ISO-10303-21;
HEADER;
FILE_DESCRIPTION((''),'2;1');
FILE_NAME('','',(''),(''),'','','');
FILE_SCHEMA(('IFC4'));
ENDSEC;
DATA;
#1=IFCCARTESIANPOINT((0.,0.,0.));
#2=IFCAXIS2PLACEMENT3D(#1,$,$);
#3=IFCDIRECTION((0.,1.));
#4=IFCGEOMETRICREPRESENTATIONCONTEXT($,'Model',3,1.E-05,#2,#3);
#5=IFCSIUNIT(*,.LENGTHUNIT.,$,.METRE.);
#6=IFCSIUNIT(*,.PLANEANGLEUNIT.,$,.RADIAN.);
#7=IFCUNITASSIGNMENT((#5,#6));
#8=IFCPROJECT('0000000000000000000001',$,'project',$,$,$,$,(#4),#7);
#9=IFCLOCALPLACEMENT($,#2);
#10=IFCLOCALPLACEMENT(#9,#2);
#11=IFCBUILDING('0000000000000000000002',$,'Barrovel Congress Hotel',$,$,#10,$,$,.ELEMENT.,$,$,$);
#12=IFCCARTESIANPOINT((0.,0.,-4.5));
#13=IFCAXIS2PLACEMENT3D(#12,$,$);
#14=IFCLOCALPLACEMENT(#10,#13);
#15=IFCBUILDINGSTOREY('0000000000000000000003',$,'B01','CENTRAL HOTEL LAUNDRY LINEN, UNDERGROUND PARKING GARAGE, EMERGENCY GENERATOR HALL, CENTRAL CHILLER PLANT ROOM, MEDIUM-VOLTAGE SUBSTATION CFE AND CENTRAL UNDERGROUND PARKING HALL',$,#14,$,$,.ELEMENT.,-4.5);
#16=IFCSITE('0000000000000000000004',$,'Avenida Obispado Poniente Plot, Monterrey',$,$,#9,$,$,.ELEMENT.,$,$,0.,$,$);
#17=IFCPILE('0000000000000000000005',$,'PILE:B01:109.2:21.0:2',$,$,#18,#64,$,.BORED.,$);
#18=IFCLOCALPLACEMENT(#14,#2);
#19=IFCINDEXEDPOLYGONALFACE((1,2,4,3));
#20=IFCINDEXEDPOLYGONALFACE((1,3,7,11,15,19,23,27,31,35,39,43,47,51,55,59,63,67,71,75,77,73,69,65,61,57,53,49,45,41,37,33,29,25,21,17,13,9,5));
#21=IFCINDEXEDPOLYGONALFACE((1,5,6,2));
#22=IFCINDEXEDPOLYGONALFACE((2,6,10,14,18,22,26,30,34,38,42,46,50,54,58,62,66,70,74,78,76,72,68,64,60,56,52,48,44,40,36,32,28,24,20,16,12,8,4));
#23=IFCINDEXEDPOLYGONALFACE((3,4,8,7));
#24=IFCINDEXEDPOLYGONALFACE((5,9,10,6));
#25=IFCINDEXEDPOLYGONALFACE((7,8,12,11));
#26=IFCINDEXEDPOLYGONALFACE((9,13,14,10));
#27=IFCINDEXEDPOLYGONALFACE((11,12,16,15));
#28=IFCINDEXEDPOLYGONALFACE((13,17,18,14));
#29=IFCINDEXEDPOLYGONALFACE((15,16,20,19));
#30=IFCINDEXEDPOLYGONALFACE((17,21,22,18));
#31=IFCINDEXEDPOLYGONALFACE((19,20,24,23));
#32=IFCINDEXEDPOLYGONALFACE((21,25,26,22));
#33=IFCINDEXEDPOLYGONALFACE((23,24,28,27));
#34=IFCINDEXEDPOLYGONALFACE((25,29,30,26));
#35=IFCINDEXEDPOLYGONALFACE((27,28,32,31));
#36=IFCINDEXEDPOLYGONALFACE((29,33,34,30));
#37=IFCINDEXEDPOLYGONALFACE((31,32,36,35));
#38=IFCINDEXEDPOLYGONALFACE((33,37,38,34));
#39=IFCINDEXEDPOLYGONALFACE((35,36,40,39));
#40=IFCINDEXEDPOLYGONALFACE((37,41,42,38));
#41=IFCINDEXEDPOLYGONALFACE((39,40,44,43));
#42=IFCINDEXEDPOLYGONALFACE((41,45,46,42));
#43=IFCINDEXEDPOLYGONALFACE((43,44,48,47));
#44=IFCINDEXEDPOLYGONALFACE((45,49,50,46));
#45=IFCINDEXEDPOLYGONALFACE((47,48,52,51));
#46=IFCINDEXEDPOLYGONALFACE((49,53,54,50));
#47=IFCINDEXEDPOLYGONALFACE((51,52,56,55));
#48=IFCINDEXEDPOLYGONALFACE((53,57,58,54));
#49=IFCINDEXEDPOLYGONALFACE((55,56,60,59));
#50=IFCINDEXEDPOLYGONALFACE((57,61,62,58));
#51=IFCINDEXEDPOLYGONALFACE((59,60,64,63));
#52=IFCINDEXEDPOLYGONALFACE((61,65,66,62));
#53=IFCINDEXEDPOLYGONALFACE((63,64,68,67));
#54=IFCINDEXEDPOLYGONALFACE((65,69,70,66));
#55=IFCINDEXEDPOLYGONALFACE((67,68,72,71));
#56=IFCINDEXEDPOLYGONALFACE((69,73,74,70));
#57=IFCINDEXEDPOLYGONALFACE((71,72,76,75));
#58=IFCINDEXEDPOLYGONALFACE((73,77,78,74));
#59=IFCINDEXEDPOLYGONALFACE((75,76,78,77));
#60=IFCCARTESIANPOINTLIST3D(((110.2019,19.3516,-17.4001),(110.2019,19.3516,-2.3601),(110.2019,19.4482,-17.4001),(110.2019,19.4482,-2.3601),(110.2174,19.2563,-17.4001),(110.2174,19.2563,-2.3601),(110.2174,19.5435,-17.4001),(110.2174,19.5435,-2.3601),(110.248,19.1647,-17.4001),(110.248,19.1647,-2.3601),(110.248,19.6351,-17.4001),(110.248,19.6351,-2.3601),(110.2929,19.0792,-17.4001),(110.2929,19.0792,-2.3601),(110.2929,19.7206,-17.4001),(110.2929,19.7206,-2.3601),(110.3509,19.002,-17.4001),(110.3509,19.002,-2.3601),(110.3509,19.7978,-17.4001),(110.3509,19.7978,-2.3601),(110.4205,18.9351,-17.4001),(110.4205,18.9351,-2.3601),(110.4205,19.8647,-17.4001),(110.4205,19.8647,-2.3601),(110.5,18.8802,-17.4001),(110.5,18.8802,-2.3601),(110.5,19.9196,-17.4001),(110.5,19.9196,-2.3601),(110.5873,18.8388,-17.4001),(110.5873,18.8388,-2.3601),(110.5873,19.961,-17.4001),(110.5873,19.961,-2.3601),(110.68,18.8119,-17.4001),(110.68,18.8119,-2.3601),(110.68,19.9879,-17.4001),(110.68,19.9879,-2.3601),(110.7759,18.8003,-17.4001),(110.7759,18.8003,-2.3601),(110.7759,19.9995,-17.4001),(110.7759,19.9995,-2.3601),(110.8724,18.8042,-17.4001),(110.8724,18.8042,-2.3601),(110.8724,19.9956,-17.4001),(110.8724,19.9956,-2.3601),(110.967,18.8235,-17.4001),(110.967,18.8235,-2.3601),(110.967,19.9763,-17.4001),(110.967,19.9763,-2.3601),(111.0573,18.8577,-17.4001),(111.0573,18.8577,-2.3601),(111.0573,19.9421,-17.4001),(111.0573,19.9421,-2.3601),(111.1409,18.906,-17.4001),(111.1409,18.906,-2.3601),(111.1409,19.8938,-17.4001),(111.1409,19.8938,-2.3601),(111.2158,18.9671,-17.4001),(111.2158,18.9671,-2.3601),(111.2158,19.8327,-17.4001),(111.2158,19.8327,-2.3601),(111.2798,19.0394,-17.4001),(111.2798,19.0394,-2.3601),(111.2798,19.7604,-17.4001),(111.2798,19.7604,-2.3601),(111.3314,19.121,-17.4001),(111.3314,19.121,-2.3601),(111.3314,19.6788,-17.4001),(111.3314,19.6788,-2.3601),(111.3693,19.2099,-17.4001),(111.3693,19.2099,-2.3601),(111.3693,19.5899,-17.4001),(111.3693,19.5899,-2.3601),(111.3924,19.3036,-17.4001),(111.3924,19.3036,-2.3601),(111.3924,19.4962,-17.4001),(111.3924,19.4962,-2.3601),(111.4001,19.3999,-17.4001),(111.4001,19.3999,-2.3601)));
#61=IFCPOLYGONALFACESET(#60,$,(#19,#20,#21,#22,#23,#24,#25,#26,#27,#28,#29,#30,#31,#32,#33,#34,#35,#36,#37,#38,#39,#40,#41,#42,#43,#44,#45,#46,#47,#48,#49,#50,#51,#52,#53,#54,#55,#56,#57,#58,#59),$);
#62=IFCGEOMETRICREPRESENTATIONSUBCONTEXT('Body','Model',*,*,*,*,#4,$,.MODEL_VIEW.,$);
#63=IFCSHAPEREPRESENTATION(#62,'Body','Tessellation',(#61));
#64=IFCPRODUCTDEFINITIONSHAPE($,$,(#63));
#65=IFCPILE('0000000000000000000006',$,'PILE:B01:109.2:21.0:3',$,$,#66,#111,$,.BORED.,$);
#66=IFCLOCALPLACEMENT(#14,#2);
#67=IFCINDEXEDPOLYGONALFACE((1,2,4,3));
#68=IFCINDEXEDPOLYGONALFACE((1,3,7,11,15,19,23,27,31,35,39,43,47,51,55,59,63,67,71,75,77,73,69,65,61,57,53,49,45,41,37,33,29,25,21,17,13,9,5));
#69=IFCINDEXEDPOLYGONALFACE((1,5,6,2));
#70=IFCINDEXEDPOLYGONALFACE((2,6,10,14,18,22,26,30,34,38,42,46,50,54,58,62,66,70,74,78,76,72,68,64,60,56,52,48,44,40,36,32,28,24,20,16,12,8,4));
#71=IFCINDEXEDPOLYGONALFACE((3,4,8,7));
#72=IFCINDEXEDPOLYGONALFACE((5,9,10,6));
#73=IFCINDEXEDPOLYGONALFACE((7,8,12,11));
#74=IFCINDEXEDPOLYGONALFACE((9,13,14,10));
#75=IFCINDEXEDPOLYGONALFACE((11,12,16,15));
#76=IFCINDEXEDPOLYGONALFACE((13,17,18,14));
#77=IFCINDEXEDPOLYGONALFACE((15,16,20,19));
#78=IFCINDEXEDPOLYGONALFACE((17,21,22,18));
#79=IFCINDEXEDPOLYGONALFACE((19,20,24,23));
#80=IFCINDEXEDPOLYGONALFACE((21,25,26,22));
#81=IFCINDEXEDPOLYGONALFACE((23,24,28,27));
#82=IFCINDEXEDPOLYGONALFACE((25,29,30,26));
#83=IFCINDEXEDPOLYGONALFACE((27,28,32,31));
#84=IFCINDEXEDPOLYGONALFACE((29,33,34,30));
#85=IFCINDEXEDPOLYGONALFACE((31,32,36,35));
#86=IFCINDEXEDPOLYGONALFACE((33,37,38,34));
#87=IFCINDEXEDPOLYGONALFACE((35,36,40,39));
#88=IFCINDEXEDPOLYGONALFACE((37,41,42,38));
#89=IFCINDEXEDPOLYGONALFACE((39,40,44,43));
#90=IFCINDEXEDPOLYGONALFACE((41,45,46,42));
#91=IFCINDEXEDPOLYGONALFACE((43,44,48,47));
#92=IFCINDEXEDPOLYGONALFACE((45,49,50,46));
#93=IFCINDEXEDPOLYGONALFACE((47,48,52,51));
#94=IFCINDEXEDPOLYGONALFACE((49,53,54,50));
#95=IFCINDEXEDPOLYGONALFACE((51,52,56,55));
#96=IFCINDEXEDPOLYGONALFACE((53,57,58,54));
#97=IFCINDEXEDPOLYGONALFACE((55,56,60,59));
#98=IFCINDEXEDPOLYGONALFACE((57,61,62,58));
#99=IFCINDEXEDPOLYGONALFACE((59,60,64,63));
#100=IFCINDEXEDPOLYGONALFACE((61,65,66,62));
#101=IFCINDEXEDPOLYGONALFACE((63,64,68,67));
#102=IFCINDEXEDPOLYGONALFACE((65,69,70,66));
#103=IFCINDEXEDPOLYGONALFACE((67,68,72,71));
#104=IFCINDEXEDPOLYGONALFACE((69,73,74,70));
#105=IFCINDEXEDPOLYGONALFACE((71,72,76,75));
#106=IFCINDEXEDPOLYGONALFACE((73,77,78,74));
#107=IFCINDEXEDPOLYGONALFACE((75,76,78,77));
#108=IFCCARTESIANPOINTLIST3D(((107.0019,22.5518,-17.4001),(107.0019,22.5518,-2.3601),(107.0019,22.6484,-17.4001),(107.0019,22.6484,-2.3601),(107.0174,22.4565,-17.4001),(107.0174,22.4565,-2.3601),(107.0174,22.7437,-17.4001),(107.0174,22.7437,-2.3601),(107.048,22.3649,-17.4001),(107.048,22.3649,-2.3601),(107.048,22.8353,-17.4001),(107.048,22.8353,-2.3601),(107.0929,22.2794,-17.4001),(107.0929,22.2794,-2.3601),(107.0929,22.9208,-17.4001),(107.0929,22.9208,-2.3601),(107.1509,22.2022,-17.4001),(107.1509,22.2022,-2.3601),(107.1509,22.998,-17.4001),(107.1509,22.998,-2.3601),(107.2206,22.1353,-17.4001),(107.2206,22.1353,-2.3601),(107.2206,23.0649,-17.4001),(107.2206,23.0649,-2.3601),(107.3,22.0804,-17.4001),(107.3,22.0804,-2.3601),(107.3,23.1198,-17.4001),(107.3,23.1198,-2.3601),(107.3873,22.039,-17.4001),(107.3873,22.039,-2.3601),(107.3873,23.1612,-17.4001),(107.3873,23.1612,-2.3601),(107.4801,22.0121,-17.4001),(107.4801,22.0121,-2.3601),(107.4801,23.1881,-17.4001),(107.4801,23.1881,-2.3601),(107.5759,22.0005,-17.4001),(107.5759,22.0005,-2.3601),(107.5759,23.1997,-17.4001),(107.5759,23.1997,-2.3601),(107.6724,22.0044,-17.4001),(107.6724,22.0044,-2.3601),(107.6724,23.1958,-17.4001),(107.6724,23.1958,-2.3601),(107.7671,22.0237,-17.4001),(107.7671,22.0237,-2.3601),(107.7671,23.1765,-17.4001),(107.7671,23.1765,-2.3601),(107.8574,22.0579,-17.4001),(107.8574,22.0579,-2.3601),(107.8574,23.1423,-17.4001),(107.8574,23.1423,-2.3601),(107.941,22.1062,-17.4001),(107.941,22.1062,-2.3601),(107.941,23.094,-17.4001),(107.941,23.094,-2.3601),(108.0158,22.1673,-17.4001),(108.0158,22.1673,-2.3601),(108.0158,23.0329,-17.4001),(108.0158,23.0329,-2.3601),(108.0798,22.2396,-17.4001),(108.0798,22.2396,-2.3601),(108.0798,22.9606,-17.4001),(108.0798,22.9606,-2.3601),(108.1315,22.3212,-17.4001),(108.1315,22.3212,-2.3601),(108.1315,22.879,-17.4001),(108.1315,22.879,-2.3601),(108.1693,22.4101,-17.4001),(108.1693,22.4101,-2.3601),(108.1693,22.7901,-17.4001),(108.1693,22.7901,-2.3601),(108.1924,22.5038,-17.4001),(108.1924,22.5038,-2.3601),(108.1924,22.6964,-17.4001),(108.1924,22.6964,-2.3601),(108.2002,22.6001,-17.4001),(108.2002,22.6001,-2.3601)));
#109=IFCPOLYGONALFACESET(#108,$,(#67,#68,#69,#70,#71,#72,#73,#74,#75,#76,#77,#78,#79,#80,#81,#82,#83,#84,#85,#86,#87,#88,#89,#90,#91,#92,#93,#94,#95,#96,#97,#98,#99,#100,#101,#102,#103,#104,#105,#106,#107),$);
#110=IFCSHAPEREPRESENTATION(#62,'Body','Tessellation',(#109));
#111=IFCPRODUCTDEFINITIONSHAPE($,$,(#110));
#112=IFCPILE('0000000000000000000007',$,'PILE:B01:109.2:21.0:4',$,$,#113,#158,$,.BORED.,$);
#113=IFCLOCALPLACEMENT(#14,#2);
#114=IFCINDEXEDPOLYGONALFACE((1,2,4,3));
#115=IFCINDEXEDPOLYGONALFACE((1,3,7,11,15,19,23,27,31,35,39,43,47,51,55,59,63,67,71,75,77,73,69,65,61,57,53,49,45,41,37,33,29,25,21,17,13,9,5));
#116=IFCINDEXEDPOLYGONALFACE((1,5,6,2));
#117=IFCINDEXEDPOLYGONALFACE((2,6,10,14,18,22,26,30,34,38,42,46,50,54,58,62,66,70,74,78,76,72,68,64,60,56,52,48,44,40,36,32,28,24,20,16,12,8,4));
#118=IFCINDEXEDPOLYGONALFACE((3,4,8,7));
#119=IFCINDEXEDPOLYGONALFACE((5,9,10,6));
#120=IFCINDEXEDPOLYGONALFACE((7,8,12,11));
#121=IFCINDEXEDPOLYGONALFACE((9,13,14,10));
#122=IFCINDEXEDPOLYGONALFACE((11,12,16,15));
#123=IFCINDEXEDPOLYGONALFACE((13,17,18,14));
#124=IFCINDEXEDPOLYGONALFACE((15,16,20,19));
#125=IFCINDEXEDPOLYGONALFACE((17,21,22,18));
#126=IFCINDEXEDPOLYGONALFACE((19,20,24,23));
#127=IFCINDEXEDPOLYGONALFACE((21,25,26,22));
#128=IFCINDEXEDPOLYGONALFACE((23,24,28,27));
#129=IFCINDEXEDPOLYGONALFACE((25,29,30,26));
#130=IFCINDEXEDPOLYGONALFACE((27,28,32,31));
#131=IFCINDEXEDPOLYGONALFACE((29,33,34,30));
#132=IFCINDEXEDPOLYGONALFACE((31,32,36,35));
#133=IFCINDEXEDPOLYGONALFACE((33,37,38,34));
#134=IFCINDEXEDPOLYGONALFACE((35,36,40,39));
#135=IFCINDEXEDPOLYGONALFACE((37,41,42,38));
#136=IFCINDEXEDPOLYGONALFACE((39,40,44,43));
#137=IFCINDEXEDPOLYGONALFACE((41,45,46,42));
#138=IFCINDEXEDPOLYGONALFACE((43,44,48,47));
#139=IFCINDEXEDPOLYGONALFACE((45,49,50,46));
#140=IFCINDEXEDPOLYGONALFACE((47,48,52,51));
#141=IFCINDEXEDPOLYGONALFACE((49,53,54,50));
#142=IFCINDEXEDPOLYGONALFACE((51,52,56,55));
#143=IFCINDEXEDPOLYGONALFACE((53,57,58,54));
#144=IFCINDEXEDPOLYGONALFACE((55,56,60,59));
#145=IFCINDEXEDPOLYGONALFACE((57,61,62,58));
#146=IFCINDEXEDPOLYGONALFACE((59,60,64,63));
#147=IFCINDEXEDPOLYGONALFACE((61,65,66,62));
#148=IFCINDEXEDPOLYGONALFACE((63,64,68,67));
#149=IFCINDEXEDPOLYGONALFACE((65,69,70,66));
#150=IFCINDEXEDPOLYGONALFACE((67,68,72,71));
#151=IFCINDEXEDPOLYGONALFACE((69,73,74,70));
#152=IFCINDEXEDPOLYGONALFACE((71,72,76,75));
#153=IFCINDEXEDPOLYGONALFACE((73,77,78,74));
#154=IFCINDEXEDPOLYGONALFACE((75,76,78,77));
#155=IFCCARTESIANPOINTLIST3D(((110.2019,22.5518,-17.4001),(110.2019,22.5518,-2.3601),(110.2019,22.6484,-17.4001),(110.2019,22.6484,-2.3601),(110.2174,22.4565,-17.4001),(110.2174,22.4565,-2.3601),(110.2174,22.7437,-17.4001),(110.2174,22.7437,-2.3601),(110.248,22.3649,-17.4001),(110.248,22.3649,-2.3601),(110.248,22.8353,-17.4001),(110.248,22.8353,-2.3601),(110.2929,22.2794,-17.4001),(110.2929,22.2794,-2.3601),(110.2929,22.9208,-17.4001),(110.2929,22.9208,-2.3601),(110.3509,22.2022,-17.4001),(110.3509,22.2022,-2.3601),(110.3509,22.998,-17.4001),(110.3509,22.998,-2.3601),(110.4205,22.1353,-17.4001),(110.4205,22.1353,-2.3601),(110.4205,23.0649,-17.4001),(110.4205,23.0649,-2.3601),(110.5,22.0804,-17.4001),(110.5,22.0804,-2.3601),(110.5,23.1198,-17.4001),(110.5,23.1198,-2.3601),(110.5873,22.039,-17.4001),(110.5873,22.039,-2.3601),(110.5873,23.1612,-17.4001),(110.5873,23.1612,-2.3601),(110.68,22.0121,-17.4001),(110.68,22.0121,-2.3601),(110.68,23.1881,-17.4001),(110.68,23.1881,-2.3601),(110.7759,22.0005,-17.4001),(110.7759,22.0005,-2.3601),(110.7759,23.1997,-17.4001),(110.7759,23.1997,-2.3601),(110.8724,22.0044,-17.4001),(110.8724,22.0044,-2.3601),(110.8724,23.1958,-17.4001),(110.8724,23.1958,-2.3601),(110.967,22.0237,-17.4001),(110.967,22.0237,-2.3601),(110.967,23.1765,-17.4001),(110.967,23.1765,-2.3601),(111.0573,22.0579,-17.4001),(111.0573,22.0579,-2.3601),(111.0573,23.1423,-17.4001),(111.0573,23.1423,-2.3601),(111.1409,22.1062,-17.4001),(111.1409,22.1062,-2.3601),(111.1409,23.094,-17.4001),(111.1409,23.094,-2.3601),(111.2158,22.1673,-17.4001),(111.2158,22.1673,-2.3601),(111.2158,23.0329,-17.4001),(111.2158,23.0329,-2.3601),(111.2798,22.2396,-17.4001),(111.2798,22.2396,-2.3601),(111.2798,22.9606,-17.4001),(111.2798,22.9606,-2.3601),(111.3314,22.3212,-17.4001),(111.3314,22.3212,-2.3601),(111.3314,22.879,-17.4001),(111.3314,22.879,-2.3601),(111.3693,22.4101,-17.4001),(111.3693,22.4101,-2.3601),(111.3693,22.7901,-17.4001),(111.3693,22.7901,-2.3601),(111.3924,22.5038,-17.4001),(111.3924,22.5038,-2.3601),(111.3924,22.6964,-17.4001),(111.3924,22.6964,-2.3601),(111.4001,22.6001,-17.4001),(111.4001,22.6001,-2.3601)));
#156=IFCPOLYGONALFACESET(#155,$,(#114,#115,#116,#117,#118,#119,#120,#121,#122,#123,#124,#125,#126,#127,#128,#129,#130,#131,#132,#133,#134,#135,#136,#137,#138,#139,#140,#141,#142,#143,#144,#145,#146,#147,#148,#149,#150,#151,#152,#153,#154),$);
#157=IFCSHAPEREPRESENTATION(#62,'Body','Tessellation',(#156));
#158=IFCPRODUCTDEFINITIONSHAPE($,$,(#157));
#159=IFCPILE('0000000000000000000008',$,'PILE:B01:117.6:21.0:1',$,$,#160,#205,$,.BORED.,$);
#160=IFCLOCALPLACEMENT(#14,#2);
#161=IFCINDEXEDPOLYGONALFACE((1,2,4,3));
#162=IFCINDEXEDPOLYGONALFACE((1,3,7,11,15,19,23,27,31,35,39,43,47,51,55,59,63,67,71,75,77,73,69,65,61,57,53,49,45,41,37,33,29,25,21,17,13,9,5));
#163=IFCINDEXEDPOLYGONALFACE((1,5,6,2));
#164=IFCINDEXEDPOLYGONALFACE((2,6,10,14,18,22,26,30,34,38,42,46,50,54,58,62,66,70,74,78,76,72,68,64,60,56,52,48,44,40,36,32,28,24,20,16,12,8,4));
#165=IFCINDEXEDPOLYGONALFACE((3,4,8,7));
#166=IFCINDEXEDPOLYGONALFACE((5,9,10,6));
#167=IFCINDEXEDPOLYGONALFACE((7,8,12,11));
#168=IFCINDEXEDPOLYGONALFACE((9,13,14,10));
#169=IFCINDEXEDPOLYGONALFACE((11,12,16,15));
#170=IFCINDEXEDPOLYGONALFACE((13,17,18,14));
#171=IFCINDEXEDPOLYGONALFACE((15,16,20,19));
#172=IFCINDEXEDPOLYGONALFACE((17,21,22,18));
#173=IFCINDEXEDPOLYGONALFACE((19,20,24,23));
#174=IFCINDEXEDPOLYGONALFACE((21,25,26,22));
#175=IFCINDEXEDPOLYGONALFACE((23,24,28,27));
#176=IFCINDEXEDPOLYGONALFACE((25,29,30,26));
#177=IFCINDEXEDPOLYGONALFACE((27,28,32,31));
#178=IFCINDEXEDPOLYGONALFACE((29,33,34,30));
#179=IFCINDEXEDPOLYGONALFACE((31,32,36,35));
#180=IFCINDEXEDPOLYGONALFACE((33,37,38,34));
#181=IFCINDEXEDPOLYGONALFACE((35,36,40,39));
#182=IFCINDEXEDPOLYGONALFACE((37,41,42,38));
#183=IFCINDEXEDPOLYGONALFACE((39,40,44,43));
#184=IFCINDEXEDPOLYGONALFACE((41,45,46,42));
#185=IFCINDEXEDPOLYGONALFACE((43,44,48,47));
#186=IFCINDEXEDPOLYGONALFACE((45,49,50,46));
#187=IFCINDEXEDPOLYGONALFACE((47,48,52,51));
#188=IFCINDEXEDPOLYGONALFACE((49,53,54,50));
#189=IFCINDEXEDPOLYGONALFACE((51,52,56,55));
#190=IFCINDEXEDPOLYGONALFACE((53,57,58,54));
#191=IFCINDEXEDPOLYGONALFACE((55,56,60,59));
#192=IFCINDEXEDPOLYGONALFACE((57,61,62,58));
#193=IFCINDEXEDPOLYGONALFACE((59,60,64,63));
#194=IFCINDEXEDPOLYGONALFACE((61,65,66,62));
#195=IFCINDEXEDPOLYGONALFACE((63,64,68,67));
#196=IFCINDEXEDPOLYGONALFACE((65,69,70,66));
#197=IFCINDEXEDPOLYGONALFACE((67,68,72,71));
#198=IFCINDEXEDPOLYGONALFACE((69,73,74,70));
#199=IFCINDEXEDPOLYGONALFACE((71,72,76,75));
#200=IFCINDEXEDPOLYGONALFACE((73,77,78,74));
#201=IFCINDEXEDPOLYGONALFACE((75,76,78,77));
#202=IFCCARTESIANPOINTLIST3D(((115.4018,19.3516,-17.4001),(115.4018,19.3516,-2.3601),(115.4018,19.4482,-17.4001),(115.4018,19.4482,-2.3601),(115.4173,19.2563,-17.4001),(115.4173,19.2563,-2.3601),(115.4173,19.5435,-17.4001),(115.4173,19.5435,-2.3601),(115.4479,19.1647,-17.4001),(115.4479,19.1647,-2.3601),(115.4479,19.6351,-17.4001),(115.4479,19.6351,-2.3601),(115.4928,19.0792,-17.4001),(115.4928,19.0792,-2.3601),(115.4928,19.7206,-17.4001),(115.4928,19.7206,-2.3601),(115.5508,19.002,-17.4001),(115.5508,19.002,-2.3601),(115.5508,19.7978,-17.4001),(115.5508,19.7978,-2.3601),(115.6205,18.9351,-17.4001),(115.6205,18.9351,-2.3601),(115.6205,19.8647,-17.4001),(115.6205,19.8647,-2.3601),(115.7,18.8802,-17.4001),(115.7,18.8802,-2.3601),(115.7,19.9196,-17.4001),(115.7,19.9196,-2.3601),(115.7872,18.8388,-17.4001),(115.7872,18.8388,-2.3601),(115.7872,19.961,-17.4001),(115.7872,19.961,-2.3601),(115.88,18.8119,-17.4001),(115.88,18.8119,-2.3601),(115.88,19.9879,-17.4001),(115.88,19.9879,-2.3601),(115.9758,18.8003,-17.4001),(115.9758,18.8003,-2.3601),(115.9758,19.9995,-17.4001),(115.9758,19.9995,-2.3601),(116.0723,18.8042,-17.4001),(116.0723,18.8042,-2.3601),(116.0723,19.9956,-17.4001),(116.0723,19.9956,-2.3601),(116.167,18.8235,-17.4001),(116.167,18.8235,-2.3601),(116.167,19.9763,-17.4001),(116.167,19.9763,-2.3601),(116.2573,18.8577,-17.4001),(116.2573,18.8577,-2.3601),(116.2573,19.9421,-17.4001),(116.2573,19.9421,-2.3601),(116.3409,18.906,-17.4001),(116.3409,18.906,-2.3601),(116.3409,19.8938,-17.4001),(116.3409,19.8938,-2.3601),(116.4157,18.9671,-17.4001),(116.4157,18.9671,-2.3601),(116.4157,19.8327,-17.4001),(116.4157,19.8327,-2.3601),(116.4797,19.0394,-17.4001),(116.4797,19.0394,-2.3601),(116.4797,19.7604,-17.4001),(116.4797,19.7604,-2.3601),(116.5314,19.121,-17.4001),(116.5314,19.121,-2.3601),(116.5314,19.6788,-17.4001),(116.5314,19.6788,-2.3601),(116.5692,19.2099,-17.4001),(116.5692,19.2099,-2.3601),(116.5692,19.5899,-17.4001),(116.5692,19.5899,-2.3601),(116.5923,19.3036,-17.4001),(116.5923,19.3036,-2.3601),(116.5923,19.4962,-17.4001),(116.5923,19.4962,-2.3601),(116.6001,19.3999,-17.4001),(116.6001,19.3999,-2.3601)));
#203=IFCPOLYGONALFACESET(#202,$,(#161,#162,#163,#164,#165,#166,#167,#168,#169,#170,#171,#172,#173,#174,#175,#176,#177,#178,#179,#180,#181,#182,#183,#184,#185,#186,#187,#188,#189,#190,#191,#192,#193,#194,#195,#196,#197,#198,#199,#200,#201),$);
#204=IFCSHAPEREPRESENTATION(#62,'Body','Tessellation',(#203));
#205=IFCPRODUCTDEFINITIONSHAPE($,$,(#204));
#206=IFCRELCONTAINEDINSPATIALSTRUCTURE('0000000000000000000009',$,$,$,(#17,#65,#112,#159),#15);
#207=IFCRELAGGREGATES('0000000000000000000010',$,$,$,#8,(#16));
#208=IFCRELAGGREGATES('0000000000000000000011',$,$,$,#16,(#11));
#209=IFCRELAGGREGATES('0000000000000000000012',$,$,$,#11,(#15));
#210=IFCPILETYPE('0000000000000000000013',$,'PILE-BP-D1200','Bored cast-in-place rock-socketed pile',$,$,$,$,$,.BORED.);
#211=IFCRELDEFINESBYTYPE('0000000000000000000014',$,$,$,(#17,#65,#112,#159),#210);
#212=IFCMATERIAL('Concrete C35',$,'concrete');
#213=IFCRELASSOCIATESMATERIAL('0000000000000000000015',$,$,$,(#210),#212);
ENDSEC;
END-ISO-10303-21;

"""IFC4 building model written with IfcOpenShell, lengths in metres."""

from ifc_helpers import new_model, si_unit, direction, frame, origin, origin_2d, place, context, subcontext, project, spatial, circle, extrude, material, material_profile, profile_set, type_object, element, save


model = new_model("IFC4")

# Units and contexts
model_context = context("Model", 3, precision=1e-05, world=origin(), true_north=direction((0.0, 1.0)))
body_context = subcontext(model_context, "Body", "Model", "MODEL_VIEW")
ifc_project = project(units=[si_unit("LENGTHUNIT", "METRE"), si_unit("PLANEANGLEUNIT", "RADIAN")], contexts=[model_context])

# Site, building, storey
site_placement = place(None, origin())
site = spatial("IfcSite", under=ifc_project, at=site_placement, Name="Avenida Obispado Poniente Plot, Monterrey", CompositionType="ELEMENT", RefElevation=0.0)
building_placement = place(site_placement, origin())
building = spatial("IfcBuilding", under=site, at=building_placement, Name="Barrovel Congress Hotel", CompositionType="ELEMENT")
storey_placement = place(building_placement, frame((0.0, 0.0, -4.5)))
storey = spatial("IfcBuildingStorey", under=building, at=storey_placement, Name="B01", Description="CENTRAL HOTEL LAUNDRY LINEN, UNDERGROUND PARKING GARAGE, EMERGENCY GENERATOR HALL, CENTRAL CHILLER PLANT ROOM, MEDIUM-VOLTAGE SUBSTATION CFE AND CENTRAL UNDERGROUND PARKING HALL", CompositionType="ELEMENT", Elevation=-4.5)

# Piles
ifc_material_1 = material(Name="Concrete C35", Category="concrete")
ifc_material_profile_1 = material_profile(ifc_material_1, circle(Radius=0.6001, at=origin_2d()), Name="BP-D1200")
ifc_profile_set_1 = profile_set([ifc_material_profile_1], Name="Concrete C35")
pile_type_1 = type_object("IfcPileType", Name="PILE-BP-D1200", Description="Bored cast-in-place rock-socketed pile", PredefinedType="BORED", material=ifc_profile_set_1)
for number, where, z_axis, x_axis, name in (
    (1, (110.8, 19.3999, -2.3601), (0.0, 0.0, -1.0), (1.0, 0.0, 0.0), "PILE:B01:109.2:21.0:2"),
    (2, (107.6001, 22.6001, -2.3601), (0.0, 0.0, -1.0), (1.0, 0.0, 0.0), "PILE:B01:109.2:21.0:3"),
    (3, (110.8, 22.6001, -2.3601), (0.0, 0.0, -1.0), (1.0, 0.0, 0.0), "PILE:B01:109.2:21.0:4"),
    (4, (116.0, 19.3999, -2.3601), (0.0, 0.0, -1.0), (1.0, 0.0, 0.0), "PILE:B01:117.6:21.0:1"),
):
    element("IfcPile", number, at=place(storey_placement, frame(where, z_axis=z_axis, x_axis=x_axis)), inside=storey, type_object=pile_type_1, Name=name, PredefinedType="BORED", context=body_context, shape_type="SweptSolid", body=[
        extrude(circle(Radius=0.6001, at=origin_2d()), origin(), (0.0, 0.0, 1.0), 15.04),
    ])

save(model, "model.ifc")
